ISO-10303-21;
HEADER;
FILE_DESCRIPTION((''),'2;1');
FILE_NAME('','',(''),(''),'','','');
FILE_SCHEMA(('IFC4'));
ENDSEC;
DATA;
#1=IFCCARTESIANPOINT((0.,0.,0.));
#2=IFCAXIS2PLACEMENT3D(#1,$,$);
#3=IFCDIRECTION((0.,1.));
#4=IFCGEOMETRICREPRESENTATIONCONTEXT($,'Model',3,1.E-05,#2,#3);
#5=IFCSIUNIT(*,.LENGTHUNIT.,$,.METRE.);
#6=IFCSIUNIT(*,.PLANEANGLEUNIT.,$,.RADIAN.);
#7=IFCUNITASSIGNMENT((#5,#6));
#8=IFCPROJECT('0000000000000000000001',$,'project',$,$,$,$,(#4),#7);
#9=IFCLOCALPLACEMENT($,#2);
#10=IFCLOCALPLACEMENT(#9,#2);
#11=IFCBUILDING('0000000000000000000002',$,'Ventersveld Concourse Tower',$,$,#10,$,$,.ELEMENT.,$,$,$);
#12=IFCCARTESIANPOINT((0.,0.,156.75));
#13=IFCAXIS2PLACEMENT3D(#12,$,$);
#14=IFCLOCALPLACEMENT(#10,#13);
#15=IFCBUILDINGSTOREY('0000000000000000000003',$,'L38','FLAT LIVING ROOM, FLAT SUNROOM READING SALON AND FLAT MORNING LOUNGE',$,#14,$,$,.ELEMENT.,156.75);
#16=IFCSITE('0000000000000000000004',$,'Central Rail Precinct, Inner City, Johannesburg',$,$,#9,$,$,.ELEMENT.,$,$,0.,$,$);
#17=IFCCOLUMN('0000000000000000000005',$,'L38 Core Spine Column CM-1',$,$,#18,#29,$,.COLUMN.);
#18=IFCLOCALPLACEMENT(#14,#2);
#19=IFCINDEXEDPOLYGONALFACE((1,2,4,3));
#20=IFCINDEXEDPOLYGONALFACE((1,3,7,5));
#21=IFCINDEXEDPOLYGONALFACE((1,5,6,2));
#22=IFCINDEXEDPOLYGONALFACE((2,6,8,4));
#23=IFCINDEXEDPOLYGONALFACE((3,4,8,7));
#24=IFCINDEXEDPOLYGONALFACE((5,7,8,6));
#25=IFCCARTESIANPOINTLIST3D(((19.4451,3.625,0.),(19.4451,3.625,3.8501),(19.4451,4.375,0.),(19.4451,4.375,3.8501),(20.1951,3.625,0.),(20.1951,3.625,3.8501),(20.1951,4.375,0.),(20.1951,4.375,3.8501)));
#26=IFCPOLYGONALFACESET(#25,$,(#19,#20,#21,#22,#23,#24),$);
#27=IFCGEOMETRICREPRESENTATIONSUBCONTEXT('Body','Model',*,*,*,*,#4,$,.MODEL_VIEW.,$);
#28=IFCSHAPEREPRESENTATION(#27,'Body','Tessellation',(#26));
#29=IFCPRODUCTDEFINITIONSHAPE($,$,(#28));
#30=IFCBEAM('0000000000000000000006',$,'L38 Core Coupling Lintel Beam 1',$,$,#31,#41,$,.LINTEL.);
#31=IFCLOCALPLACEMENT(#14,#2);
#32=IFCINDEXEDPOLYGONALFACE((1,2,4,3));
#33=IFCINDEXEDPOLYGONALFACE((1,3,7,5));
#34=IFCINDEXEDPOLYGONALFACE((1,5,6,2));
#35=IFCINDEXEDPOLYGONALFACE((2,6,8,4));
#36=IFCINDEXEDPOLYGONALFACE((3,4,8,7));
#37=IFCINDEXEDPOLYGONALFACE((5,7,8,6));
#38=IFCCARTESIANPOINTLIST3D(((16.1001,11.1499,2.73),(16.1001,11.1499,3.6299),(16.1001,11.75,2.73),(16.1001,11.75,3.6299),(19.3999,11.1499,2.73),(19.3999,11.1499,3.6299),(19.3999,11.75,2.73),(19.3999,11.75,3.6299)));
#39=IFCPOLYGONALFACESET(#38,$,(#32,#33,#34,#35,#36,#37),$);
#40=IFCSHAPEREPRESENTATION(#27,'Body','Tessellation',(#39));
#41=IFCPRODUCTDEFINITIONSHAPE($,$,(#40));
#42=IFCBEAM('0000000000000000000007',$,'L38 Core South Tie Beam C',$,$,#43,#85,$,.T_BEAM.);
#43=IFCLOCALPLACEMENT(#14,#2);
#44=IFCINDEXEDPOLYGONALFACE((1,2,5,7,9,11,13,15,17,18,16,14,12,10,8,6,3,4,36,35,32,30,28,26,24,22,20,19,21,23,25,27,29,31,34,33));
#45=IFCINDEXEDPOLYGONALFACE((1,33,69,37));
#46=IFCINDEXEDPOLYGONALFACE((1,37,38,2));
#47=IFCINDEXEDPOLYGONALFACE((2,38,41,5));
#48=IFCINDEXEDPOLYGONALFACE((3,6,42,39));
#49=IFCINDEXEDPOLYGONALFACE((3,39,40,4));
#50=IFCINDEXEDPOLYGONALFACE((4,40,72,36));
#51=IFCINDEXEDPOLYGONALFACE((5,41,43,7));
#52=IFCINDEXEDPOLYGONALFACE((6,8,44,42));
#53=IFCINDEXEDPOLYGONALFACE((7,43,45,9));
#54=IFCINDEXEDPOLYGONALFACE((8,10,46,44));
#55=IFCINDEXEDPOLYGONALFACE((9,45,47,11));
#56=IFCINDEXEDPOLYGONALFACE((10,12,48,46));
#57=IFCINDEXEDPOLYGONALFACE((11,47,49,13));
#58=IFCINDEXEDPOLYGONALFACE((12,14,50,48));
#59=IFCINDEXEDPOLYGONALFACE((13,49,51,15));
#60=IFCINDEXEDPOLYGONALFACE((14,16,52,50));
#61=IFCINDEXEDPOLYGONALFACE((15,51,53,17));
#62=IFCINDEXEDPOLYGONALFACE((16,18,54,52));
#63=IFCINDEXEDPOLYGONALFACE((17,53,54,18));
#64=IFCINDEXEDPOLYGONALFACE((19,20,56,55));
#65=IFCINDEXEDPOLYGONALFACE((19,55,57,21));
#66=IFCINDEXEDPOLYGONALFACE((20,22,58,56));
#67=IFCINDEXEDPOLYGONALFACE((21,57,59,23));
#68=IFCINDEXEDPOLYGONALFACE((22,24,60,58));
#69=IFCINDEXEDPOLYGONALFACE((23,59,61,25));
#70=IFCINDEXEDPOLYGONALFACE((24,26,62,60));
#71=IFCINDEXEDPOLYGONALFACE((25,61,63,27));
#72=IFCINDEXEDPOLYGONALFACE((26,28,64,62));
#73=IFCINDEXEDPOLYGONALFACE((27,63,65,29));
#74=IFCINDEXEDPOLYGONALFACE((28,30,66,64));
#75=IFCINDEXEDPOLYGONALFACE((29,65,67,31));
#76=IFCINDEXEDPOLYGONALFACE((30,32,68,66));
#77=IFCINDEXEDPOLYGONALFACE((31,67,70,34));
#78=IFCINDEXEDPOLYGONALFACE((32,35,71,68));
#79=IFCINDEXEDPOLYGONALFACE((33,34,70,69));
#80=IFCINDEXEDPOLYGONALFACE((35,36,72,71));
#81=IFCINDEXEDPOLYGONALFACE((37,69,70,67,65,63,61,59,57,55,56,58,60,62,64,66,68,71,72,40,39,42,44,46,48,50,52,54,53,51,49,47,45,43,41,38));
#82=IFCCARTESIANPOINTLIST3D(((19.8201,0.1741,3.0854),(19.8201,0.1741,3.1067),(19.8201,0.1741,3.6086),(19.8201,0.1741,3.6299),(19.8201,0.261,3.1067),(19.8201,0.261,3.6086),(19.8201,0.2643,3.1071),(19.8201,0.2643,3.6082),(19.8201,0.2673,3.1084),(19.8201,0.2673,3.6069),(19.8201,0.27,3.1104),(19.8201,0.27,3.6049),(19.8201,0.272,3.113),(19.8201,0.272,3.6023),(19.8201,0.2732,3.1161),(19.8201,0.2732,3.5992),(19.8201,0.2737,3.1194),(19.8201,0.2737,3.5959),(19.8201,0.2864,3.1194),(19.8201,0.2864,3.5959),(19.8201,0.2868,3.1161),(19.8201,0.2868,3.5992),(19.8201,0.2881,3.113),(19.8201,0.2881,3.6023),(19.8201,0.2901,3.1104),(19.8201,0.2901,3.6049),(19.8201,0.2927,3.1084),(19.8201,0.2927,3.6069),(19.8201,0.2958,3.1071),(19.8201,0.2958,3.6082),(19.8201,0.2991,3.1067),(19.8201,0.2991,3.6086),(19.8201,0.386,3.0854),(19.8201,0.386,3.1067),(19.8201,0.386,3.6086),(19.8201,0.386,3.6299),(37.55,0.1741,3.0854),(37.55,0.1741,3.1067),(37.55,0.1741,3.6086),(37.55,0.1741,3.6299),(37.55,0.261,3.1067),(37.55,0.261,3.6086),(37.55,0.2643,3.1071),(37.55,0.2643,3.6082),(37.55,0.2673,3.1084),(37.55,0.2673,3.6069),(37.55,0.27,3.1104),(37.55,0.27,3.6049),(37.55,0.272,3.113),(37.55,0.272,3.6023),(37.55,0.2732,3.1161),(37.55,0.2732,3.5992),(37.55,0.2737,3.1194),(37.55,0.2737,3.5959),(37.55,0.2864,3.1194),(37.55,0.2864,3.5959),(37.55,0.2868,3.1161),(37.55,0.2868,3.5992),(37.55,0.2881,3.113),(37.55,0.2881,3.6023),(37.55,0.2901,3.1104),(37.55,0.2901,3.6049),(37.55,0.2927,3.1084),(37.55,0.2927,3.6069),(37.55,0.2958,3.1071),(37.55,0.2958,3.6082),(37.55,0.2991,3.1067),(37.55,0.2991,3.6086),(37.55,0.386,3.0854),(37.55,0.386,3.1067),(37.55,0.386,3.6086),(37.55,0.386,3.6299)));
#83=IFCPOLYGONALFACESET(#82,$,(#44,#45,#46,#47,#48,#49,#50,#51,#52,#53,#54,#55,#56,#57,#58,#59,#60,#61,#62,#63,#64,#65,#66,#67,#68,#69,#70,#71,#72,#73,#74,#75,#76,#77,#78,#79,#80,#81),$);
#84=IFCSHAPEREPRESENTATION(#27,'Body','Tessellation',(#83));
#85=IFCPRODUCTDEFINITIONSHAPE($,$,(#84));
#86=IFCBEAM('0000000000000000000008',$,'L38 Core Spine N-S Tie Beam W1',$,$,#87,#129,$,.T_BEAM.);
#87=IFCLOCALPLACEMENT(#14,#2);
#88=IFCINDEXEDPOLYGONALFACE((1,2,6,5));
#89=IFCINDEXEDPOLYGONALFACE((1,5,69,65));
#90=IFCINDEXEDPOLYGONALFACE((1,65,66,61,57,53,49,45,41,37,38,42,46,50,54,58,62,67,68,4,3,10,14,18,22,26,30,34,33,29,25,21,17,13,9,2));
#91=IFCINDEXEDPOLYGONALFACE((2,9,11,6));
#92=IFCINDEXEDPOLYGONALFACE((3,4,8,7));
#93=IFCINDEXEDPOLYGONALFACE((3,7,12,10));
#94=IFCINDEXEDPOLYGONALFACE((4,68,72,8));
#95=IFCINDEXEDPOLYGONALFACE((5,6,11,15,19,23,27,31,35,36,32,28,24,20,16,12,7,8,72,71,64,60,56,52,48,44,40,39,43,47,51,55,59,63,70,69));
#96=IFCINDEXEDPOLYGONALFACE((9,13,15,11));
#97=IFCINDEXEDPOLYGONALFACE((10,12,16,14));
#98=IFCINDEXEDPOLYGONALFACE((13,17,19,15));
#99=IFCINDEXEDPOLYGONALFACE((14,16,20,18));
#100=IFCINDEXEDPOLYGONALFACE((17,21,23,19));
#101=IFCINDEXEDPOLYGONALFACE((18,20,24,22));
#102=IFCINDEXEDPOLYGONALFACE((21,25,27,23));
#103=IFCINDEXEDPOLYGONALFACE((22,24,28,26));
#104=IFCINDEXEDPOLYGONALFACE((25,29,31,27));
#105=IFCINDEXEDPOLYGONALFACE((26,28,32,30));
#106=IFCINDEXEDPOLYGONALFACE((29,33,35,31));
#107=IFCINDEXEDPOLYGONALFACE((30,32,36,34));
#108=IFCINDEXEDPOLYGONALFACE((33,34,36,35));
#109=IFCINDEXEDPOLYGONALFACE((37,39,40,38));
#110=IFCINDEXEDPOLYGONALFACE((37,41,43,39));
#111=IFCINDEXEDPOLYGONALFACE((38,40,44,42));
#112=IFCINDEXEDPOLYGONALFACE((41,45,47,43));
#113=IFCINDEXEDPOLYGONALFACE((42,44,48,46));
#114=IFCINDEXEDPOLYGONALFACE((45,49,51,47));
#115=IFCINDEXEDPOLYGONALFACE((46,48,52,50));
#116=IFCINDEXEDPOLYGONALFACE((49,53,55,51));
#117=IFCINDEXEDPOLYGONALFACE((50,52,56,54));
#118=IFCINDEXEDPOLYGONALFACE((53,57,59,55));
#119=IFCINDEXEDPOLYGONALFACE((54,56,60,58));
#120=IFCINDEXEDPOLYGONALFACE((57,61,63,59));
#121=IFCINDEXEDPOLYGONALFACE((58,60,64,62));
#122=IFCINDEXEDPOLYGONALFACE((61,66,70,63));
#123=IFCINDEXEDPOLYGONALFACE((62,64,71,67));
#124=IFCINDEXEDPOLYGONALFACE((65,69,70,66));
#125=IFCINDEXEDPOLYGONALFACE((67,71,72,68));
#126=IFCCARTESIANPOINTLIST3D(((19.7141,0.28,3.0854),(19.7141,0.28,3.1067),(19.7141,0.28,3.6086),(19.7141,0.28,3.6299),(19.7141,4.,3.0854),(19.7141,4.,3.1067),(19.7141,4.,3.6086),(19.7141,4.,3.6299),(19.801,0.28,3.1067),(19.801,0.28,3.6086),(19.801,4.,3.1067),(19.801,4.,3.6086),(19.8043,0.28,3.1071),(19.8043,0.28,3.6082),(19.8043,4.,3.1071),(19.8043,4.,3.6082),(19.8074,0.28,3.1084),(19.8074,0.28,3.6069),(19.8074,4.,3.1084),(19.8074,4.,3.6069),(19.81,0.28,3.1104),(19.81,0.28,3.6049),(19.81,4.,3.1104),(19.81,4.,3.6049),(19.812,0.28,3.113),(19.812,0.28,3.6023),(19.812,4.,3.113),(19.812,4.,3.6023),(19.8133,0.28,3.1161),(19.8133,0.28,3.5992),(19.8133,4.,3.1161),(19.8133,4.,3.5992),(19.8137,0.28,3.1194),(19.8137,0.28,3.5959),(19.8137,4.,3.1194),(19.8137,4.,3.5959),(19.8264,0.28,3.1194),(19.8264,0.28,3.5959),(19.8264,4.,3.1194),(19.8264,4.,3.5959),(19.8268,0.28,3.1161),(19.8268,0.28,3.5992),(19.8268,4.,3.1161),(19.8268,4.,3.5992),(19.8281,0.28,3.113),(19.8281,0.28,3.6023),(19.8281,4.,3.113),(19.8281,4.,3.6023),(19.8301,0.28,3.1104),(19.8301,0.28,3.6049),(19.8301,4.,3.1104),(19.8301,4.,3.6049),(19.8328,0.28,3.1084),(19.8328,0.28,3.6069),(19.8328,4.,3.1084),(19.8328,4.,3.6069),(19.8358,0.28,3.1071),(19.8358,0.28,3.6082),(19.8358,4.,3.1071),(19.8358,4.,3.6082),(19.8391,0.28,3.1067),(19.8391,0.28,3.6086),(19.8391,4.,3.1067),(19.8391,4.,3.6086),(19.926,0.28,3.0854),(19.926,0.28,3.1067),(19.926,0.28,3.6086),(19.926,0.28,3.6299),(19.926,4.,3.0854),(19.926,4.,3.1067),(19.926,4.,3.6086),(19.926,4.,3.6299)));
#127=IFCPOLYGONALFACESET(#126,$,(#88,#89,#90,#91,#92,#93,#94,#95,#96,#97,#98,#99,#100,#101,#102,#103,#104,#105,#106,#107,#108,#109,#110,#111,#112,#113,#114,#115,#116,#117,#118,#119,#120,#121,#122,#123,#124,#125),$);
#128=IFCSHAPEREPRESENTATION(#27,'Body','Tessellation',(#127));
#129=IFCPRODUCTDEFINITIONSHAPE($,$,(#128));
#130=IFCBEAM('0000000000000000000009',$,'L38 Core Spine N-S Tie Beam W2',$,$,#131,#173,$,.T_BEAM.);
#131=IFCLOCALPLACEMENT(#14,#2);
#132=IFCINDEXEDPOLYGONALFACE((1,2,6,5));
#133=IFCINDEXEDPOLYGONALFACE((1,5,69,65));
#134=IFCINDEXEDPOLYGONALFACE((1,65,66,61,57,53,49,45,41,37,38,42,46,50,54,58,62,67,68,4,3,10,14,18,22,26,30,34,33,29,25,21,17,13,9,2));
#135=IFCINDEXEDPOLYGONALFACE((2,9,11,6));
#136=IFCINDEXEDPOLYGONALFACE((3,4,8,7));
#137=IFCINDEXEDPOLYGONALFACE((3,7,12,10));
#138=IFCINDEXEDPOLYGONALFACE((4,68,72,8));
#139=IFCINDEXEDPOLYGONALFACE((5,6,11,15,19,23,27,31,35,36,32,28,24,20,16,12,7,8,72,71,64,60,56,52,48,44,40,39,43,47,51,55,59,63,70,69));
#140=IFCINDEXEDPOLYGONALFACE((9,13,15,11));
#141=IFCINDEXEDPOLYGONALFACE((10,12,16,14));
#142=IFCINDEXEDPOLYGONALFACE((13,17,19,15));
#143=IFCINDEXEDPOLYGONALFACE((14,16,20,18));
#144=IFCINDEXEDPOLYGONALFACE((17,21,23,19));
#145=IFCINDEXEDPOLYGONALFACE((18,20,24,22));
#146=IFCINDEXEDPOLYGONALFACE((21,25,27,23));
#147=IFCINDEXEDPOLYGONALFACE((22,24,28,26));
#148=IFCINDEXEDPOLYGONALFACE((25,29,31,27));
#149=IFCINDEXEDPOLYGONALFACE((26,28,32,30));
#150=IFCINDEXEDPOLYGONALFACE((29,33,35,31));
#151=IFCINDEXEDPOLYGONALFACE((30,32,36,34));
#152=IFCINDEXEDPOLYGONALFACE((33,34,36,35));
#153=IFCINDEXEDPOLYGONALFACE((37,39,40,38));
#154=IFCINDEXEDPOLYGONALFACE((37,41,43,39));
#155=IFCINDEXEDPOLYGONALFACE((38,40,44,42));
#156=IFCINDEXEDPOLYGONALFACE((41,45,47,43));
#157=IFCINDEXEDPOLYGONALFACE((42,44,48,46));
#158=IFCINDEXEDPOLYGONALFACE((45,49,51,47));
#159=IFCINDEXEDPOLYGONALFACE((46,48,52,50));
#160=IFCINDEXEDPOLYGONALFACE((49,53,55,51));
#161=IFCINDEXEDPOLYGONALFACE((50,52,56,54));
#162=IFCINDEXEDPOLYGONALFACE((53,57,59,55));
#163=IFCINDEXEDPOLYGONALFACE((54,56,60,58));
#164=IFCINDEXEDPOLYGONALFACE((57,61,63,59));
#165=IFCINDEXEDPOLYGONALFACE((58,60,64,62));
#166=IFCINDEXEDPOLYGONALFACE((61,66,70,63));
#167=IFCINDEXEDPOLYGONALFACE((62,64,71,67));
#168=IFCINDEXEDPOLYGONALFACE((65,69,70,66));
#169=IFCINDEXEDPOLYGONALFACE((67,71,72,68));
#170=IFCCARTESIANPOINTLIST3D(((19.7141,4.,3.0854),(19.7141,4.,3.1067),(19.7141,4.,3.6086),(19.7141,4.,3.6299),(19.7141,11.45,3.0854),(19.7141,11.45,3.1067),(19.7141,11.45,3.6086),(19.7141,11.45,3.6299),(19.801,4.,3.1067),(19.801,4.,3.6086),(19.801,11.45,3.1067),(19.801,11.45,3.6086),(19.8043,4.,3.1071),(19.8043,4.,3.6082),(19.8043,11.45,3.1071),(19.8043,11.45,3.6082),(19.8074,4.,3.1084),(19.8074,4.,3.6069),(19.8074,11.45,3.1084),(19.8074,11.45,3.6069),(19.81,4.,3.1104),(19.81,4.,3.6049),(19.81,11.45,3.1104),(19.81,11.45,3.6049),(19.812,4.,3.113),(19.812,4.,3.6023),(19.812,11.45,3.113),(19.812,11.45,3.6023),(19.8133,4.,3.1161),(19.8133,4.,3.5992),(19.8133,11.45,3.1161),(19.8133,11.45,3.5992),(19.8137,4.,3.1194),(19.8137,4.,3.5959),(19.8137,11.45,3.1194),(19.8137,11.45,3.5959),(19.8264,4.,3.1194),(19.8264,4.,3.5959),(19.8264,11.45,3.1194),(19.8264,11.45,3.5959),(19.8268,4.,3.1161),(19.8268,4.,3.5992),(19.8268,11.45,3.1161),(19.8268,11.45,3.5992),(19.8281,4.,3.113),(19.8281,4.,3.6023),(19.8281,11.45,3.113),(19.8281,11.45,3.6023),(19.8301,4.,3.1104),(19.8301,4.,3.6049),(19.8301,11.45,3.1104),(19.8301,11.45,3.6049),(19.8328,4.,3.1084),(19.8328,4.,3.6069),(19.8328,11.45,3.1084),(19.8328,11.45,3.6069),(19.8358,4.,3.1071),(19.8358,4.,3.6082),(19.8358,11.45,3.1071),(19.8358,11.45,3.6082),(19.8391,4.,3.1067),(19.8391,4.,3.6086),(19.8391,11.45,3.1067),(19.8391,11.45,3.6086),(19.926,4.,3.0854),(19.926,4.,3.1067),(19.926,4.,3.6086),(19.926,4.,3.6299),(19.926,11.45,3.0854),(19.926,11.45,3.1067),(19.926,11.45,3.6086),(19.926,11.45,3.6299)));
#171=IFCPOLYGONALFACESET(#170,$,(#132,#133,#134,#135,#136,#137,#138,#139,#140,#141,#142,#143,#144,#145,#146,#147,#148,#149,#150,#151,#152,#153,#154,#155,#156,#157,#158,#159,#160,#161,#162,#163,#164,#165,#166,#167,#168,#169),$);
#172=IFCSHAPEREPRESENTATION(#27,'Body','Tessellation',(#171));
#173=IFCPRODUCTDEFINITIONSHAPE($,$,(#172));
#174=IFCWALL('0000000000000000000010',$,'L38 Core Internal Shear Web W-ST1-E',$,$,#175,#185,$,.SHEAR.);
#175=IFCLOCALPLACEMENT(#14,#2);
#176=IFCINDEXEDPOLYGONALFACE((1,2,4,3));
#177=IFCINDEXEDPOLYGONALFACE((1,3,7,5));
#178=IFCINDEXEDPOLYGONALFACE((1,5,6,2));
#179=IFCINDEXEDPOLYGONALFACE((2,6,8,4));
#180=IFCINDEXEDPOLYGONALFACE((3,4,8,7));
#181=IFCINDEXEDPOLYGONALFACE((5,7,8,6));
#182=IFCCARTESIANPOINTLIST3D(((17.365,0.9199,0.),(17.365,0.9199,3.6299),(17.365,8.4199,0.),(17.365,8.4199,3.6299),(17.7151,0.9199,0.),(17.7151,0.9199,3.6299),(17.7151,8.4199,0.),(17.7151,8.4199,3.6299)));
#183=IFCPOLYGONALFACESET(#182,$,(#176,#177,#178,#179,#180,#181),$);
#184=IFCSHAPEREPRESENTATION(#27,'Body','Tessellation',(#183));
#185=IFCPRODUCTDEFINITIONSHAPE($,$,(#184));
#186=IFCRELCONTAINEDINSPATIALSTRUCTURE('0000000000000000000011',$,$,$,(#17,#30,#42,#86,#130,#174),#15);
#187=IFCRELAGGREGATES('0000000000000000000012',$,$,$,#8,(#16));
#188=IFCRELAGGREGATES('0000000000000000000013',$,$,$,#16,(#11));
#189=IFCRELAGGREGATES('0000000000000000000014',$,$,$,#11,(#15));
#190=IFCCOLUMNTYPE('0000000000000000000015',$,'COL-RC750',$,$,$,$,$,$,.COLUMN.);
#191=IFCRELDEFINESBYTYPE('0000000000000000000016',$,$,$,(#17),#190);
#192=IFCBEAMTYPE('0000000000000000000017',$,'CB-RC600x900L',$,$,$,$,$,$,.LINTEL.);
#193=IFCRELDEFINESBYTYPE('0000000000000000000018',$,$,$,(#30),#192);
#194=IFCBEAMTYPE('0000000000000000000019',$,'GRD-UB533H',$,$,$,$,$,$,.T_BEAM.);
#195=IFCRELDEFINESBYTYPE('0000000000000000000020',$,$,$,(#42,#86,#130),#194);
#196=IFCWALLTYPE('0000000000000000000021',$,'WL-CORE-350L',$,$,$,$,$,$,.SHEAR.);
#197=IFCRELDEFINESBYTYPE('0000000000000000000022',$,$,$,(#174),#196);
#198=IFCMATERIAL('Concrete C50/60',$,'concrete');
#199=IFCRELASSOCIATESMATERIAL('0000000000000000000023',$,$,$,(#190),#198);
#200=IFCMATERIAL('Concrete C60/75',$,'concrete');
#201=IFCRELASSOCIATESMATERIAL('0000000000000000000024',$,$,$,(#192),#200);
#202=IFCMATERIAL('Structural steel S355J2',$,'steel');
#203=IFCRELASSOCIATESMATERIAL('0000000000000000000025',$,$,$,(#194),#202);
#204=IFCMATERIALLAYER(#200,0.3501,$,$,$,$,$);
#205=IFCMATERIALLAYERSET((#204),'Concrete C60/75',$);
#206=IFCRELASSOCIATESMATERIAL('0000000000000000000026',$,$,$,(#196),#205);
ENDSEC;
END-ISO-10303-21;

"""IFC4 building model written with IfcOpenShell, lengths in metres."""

from ifc_helpers import new_model, si_unit, direction, frame, frame_2d, origin, origin_2d, place, context, subcontext, project, spatial, rectangle, i_section, extrude, material, layer, layer_set, material_profile, profile_set, type_object, element, save


model = new_model("IFC4")

# Units and contexts
model_context = context("Model", 3, precision=1e-05, world=origin(), true_north=direction((0.0, 1.0)))
body_context = subcontext(model_context, "Body", "Model", "MODEL_VIEW")
ifc_project = project(units=[si_unit("LENGTHUNIT", "METRE"), si_unit("PLANEANGLEUNIT", "RADIAN")], contexts=[model_context])

# Site, building, storey
site_placement = place(None, origin())
site = spatial("IfcSite", under=ifc_project, at=site_placement, Name="Central Rail Precinct, Inner City, Johannesburg", CompositionType="ELEMENT", RefElevation=0.0)
building_placement = place(site_placement, origin())
building = spatial("IfcBuilding", under=site, at=building_placement, Name="Ventersveld Concourse Tower", CompositionType="ELEMENT")
storey_placement = place(building_placement, frame((0.0, 0.0, 156.75)))
storey = spatial("IfcBuildingStorey", under=building, at=storey_placement, Name="L38", Description="FLAT LIVING ROOM, FLAT SUNROOM READING SALON AND FLAT MORNING LOUNGE", CompositionType="ELEMENT", Elevation=156.75)

# Column
ifc_material_1 = material(Name="Concrete C50/60", Category="concrete")
ifc_material_profile_1 = material_profile(ifc_material_1, rectangle(XDim=0.75, YDim=0.75, at=origin_2d()), Name="RC 750x750")
ifc_profile_set_1 = profile_set([ifc_material_profile_1], Name="Concrete C50/60")
column_type = type_object("IfcColumnType", Name="COL-RC750", PredefinedType="COLUMN", material=ifc_profile_set_1)
column_placement = place(storey_placement, frame((19.8201, 4.0, 0.0), z_axis=(0.0, 0.0, 1.0), x_axis=(1.0, 0.0, 0.0)))
element("IfcColumn", 1, at=column_placement, inside=storey, type_object=column_type, Name="L38 Core Spine Column CM-1", PredefinedType="COLUMN", context=body_context, shape_type="SweptSolid", body=[
    extrude(rectangle(XDim=0.75, YDim=0.75, at=origin_2d()), origin(), (0.0, 0.0, 1.0), 3.8501),
])

# Beams
ifc_material_2 = material(Name="Concrete C60/75", Category="concrete")
ifc_material_profile_2 = material_profile(ifc_material_2, rectangle(XDim=0.6001, YDim=0.8999, at=origin_2d()), Name="RC 600x900")
ifc_profile_set_2 = profile_set([ifc_material_profile_2], Name="Concrete C60/75")
beam_type_1 = type_object("IfcBeamType", Name="CB-RC600x900L", PredefinedType="LINTEL", material=ifc_profile_set_2)
beam_1_placement = place(storey_placement, frame((16.1001, 11.45, 3.1799), z_axis=(1.0, 0.0, 0.0), x_axis=(0.0, 1.0, 0.0)))
element("IfcBeam", 2, at=beam_1_placement, inside=storey, type_object=beam_type_1, Name="L38 Core Coupling Lintel Beam 1", PredefinedType="LINTEL", context=body_context, shape_type="SweptSolid", body=[
    extrude(rectangle(XDim=0.6001, YDim=0.8999, at=origin_2d()), origin(), (0.0, 0.0, 1.0), 3.2998),
])
ifc_material_3 = material(Name="Structural steel S355J2", Category="steel")
ifc_material_profile_3 = material_profile(ifc_material_3, i_section(OverallWidth=0.2119, OverallDepth=0.5444, WebThickness=0.0127, FlangeThickness=0.0212, FilletRadius=0.0127, at=origin_2d()), Name="UB 533x210x122")
ifc_profile_set_3 = profile_set([ifc_material_profile_3], Name="Structural steel S355J2")
beam_type_2 = type_object("IfcBeamType", Name="GRD-UB533H", PredefinedType="T_BEAM", material=ifc_profile_set_3)
beam_2_placement = place(storey_placement, frame((19.8201, 0.28, 3.3577), z_axis=(1.0, 0.0, 0.0), x_axis=(0.0, 1.0, 0.0)))
element("IfcBeam", 3, at=beam_2_placement, inside=storey, type_object=beam_type_2, Name="L38 Core South Tie Beam C", PredefinedType="T_BEAM", context=body_context, shape_type="SweptSolid", body=[
    extrude(i_section(OverallWidth=0.2119, OverallDepth=0.5444, WebThickness=0.0127, FlangeThickness=0.0212, FilletRadius=0.0127, at=origin_2d()), origin(), (0.0, 0.0, 1.0), 17.73),
])
beam_3_placement = place(storey_placement, frame((19.8201, 0.28, 3.3577), z_axis=(0.0, 1.0, 0.0), x_axis=(-1.0, 0.0, 0.0)))
element("IfcBeam", 4, at=beam_3_placement, inside=storey, type_object=beam_type_2, Name="L38 Core Spine N-S Tie Beam W1", PredefinedType="T_BEAM", context=body_context, shape_type="SweptSolid", body=[
    extrude(i_section(OverallWidth=0.2119, OverallDepth=0.5444, WebThickness=0.0127, FlangeThickness=0.0212, FilletRadius=0.0127, at=origin_2d()), origin(), (0.0, 0.0, 1.0), 3.72),
])
beam_4_placement = place(storey_placement, frame((19.8201, 4.0, 3.3577), z_axis=(0.0, 1.0, 0.0), x_axis=(-1.0, 0.0, 0.0)))
element("IfcBeam", 5, at=beam_4_placement, inside=storey, type_object=beam_type_2, Name="L38 Core Spine N-S Tie Beam W2", PredefinedType="T_BEAM", context=body_context, shape_type="SweptSolid", body=[
    extrude(i_section(OverallWidth=0.2119, OverallDepth=0.5444, WebThickness=0.0127, FlangeThickness=0.0212, FilletRadius=0.0127, at=origin_2d()), origin(), (0.0, 0.0, 1.0), 7.45),
])

# Wall
ifc_layer_1 = layer(ifc_material_2, 0.3501)
ifc_layer_set_1 = layer_set([ifc_layer_1], Name="Concrete C60/75")
wall_type_1 = type_object("IfcWallType", Name="WL-CORE-350L", PredefinedType="SHEAR", material=ifc_layer_set_1)
for number, where, z_axis, x_axis, name in (
    (6, (17.54, 0.9199, 0.0), (0.0, 0.0, 1.0), (0.0, 1.0, 0.0), "L38 Core Internal Shear Web W-ST1-E"),
):
    element("IfcWall", number, at=place(storey_placement, frame(where, z_axis=z_axis, x_axis=x_axis)), inside=storey, type_object=wall_type_1, Name=name, PredefinedType="SHEAR", context=body_context, shape_type="SweptSolid", body=[
        extrude(rectangle(XDim=7.5, YDim=0.3501, at=frame_2d((3.75, 0.0))), origin(), (0.0, 0.0, 1.0), 3.6299),
    ])

save(model, "model.ifc")
